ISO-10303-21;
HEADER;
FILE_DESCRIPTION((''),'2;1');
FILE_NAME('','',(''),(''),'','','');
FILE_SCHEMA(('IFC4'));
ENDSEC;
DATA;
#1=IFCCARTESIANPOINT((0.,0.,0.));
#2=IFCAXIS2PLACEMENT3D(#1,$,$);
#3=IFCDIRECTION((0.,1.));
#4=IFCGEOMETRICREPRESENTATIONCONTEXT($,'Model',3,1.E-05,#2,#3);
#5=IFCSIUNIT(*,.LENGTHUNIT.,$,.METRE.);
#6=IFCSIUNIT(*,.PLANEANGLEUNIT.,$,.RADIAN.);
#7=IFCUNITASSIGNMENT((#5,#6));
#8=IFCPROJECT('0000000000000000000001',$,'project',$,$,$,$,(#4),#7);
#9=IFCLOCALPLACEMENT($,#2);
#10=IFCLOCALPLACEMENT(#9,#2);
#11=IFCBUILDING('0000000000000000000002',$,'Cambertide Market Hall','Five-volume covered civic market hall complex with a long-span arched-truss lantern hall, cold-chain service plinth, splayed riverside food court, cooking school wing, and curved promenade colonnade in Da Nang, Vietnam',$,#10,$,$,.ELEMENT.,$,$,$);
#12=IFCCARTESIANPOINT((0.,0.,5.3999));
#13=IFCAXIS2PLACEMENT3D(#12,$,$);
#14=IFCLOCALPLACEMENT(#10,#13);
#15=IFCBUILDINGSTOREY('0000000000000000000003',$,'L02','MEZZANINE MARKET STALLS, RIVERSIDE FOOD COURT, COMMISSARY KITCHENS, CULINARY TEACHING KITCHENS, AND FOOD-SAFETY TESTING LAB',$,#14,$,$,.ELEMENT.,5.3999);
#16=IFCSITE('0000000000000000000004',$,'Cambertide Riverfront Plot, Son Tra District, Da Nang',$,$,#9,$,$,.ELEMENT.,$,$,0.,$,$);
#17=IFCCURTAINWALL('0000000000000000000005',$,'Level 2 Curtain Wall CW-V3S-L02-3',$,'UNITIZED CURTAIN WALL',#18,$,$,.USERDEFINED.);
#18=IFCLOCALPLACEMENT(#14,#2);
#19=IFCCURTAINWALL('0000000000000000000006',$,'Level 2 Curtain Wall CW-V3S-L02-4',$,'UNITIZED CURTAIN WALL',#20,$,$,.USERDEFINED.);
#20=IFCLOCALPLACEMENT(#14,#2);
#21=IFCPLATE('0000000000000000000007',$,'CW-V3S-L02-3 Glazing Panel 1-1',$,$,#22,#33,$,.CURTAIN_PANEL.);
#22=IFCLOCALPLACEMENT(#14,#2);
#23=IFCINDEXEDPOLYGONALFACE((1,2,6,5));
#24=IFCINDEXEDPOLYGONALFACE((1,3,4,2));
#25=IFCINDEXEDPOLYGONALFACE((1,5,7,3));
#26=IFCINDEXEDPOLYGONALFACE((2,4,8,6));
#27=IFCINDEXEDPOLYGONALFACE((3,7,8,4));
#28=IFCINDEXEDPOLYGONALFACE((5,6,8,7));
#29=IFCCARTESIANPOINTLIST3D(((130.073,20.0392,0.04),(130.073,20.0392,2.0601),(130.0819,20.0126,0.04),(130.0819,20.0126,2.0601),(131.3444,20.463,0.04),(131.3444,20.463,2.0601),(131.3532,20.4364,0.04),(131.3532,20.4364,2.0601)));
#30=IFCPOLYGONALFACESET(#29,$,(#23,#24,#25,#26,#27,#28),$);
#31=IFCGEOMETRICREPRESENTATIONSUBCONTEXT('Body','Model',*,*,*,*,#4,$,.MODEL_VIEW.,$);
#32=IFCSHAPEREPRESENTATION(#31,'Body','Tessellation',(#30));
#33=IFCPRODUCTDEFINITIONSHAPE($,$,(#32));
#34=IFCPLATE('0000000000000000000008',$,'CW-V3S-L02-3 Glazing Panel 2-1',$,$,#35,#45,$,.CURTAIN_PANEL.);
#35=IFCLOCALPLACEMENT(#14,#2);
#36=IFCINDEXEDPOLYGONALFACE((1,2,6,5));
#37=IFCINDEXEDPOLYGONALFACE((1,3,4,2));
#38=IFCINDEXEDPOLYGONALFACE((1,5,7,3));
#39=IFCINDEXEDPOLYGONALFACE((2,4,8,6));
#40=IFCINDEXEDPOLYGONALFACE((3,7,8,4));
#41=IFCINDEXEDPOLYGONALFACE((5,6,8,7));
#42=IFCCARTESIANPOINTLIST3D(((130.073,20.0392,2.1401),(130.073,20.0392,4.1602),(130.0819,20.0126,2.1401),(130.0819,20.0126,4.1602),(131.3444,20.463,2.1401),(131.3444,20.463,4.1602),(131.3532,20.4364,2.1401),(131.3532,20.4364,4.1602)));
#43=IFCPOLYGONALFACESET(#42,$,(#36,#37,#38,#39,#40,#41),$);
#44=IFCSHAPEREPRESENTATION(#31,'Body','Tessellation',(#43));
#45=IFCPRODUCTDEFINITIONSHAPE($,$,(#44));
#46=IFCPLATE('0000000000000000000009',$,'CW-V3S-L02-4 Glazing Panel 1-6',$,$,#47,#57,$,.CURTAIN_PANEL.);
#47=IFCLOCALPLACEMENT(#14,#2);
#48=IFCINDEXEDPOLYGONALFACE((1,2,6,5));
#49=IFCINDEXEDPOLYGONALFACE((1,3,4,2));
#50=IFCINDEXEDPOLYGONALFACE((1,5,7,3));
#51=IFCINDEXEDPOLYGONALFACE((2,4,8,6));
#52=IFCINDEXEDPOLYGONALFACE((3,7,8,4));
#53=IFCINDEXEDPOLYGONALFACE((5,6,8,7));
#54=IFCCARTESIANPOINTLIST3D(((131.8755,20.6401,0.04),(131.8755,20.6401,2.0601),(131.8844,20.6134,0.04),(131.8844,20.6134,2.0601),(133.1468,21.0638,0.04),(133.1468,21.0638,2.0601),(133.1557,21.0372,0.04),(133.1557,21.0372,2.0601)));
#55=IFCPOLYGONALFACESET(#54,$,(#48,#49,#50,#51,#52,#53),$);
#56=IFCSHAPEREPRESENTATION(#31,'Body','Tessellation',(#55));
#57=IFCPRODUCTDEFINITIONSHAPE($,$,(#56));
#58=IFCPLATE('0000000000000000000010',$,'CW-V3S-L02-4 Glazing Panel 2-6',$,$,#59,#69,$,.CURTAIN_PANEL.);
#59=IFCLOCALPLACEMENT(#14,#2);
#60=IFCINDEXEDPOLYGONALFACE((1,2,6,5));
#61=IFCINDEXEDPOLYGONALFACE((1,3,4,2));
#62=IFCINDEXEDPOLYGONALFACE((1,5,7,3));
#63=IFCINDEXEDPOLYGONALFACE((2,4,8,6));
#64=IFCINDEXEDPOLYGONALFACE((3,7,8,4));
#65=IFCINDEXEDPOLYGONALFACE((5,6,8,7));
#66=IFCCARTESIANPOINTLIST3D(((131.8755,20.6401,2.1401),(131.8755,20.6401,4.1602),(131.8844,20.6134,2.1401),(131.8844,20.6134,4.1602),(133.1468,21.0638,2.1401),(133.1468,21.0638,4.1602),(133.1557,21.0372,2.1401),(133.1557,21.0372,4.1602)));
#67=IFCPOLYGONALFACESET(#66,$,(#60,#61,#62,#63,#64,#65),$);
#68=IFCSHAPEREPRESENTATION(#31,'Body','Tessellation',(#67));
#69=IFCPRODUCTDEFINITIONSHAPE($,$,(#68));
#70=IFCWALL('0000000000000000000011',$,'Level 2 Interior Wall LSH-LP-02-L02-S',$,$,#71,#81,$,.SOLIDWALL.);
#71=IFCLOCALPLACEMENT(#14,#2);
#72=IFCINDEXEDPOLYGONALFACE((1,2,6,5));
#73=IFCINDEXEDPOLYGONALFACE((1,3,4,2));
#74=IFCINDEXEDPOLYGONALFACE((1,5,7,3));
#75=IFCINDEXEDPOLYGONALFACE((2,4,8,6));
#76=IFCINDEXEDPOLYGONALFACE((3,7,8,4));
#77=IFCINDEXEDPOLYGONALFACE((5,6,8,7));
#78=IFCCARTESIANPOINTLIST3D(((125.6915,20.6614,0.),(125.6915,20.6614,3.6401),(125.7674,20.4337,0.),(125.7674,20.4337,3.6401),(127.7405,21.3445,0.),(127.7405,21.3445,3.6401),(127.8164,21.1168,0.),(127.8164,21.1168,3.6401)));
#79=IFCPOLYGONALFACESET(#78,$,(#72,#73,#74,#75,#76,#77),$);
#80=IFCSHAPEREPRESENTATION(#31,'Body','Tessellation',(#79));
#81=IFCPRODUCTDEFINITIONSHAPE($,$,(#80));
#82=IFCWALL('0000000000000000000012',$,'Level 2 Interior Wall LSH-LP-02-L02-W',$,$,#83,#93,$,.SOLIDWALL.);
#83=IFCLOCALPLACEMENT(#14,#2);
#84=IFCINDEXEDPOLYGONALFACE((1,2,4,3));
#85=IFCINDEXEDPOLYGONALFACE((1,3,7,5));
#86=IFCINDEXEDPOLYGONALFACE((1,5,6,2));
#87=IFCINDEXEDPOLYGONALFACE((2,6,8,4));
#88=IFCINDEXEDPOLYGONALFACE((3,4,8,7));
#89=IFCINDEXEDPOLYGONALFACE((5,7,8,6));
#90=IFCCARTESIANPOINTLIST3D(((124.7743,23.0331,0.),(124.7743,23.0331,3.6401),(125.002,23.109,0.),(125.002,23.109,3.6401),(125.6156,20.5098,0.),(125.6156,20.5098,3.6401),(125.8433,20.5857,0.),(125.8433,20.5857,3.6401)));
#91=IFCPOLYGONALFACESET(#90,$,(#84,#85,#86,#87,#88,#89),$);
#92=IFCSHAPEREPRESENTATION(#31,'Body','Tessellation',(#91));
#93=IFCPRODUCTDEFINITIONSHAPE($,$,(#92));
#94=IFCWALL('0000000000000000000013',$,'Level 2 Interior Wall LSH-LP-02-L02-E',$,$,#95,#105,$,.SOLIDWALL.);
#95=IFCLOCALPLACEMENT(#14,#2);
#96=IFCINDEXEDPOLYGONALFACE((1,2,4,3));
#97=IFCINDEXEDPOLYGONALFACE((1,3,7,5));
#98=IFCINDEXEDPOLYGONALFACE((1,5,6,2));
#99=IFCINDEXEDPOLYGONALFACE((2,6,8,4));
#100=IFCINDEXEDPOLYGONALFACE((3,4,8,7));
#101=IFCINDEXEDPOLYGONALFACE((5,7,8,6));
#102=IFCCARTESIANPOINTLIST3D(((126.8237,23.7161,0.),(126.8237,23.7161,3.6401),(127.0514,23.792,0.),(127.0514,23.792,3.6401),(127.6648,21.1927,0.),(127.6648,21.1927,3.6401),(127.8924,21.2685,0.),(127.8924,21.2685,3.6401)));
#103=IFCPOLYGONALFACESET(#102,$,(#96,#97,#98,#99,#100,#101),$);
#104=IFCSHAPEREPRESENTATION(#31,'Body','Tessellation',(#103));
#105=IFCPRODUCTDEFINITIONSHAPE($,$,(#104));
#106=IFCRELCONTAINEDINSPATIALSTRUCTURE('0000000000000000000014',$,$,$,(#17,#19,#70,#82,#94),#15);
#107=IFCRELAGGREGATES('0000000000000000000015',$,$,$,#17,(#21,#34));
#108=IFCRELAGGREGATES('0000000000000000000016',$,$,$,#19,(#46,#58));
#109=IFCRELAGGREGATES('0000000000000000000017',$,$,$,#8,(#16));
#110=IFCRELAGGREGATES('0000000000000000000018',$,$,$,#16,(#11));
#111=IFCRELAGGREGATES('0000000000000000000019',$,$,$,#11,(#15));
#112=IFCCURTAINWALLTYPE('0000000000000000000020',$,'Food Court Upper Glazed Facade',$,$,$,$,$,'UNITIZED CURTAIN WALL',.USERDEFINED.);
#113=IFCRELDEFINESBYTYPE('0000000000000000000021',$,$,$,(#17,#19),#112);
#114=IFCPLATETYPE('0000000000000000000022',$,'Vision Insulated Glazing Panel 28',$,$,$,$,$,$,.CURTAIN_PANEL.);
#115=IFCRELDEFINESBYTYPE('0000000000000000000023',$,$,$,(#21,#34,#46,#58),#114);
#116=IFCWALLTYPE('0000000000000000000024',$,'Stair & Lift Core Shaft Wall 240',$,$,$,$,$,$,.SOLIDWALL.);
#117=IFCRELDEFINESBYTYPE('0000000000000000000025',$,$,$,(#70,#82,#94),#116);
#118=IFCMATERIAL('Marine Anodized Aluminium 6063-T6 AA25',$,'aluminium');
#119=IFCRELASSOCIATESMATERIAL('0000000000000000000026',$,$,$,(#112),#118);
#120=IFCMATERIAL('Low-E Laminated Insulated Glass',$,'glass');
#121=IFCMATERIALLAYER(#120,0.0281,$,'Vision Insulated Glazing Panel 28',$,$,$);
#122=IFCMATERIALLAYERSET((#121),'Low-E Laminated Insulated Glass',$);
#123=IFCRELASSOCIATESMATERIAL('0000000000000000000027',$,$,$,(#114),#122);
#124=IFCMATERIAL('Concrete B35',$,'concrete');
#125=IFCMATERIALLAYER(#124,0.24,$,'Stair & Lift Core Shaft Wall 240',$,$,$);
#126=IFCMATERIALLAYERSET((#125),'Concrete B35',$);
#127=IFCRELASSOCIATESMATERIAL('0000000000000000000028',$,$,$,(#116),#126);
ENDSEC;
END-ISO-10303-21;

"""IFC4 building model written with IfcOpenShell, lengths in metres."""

from ifc_helpers import new_model, si_unit, direction, frame, frame_2d, origin, origin_2d, place, context, subcontext, project, spatial, rectangle, extrude, material, layer, layer_set, type_object, element, aggregate, save


model = new_model("IFC4")

# Units and contexts
model_context = context("Model", 3, precision=1e-05, world=origin(), true_north=direction((0.0, 1.0)))
body_context = subcontext(model_context, "Body", "Model", "MODEL_VIEW")
ifc_project = project(units=[si_unit("LENGTHUNIT", "METRE"), si_unit("PLANEANGLEUNIT", "RADIAN")], contexts=[model_context])

# Site, building, storey
site_placement = place(None, origin())
site = spatial("IfcSite", under=ifc_project, at=site_placement, Name="Cambertide Riverfront Plot, Son Tra District, Da Nang", CompositionType="ELEMENT", RefElevation=0.0)
building_placement = place(site_placement, origin())
building = spatial("IfcBuilding", under=site, at=building_placement, Name="Cambertide Market Hall", Description="Five-volume covered civic market hall complex with a long-span arched-truss lantern hall, cold-chain service plinth, splayed riverside food court, cooking school wing, and curved promenade colonnade in Da Nang, Vietnam", CompositionType="ELEMENT")
storey_placement = place(building_placement, frame((0.0, 0.0, 5.3999)))
storey = spatial("IfcBuildingStorey", under=building, at=storey_placement, Name="L02", Description="MEZZANINE MARKET STALLS, RIVERSIDE FOOD COURT, COMMISSARY KITCHENS, CULINARY TEACHING KITCHENS, AND FOOD-SAFETY TESTING LAB", CompositionType="ELEMENT", Elevation=5.3999)

# Curtain wall
ifc_material_1 = material(Name="Marine Anodized Aluminium 6063-T6 AA25", Category="aluminium")
curtain_wall_type = type_object("IfcCurtainWallType", Name="Food Court Upper Glazed Facade", ElementType="UNITIZED CURTAIN WALL", PredefinedType="USERDEFINED", material=ifc_material_1)
curtain_wall_1_placement = place(storey_placement, origin())
curtain_wall_1 = element("IfcCurtainWall", 1, at=curtain_wall_1_placement, inside=storey, type_object=curtain_wall_type, Name="Level 2 Curtain Wall CW-V3S-L02-3", ObjectType="UNITIZED CURTAIN WALL", PredefinedType="USERDEFINED")

# Curtain wall
curtain_wall_2_placement = place(storey_placement, origin())
curtain_wall_2 = element("IfcCurtainWall", 2, at=curtain_wall_2_placement, inside=storey, type_object=curtain_wall_type, Name="Level 2 Curtain Wall CW-V3S-L02-4", ObjectType="UNITIZED CURTAIN WALL", PredefinedType="USERDEFINED")

# Plates
ifc_material_2 = material(Name="Low-E Laminated Insulated Glass", Category="glass")
ifc_layer_1 = layer(ifc_material_2, 0.0281, Name="Vision Insulated Glazing Panel 28")
ifc_layer_set_1 = layer_set([ifc_layer_1], Name="Low-E Laminated Insulated Glass")
plate_type = type_object("IfcPlateType", Name="Vision Insulated Glazing Panel 28", PredefinedType="CURTAIN_PANEL", material=ifc_layer_set_1)
plate_1_placement = place(storey_placement, frame((130.7131, 20.2378, 0.04), z_axis=(0.0, 0.0, 1.0), x_axis=(-0.948683, -0.316228, 0.0)))
plate_1 = element("IfcPlate", 3, at=plate_1_placement, type_object=plate_type, Name="CW-V3S-L02-3 Glazing Panel 1-1", PredefinedType="CURTAIN_PANEL", context=body_context, shape_type="SweptSolid", body=[
    extrude(rectangle(XDim=1.3401, YDim=0.0281, at=origin_2d()), origin(), (0.0, 0.0, 1.0), 2.02),
])
plate_2_placement = place(storey_placement, frame((130.7131, 20.2378, 2.1401), z_axis=(0.0, 0.0, 1.0), x_axis=(-0.948683, -0.316228, 0.0)))
plate_2 = element("IfcPlate", 4, at=plate_2_placement, type_object=plate_type, Name="CW-V3S-L02-3 Glazing Panel 2-1", PredefinedType="CURTAIN_PANEL", context=body_context, shape_type="SweptSolid", body=[
    extrude(rectangle(XDim=1.3401, YDim=0.0281, at=origin_2d()), origin(), (0.0, 0.0, 1.0), 2.02),
])
aggregate(curtain_wall_1, [plate_1, plate_2])
plate_3_placement = place(storey_placement, frame((132.5156, 20.8386, 0.04), z_axis=(0.0, 0.0, 1.0), x_axis=(-0.948683, -0.316228, 0.0)))
plate_3 = element("IfcPlate", 5, at=plate_3_placement, type_object=plate_type, Name="CW-V3S-L02-4 Glazing Panel 1-6", PredefinedType="CURTAIN_PANEL", context=body_context, shape_type="SweptSolid", body=[
    extrude(rectangle(XDim=1.3401, YDim=0.0281, at=origin_2d()), origin(), (0.0, 0.0, 1.0), 2.02),
])
plate_4_placement = place(storey_placement, frame((132.5156, 20.8386, 2.1401), z_axis=(0.0, 0.0, 1.0), x_axis=(-0.948683, -0.316228, 0.0)))
plate_4 = element("IfcPlate", 6, at=plate_4_placement, type_object=plate_type, Name="CW-V3S-L02-4 Glazing Panel 2-6", PredefinedType="CURTAIN_PANEL", context=body_context, shape_type="SweptSolid", body=[
    extrude(rectangle(XDim=1.3401, YDim=0.0281, at=origin_2d()), origin(), (0.0, 0.0, 1.0), 2.02),
])
aggregate(curtain_wall_2, [plate_3, plate_4])

# Shared definitions
ifc_material_3 = material(Name="Concrete B35", Category="concrete")
ifc_layer_2 = layer(ifc_material_3, 0.24, Name="Stair & Lift Core Shaft Wall 240")
ifc_layer_set_2 = layer_set([ifc_layer_2], Name="Concrete B35")
wall_type = type_object("IfcWallType", Name="Stair & Lift Core Shaft Wall 240", PredefinedType="SOLIDWALL", material=ifc_layer_set_2)

# Wall
wall_1_placement = place(storey_placement, frame((127.7786, 21.2307, 0.0), z_axis=(0.0, 0.0, 1.0), x_axis=(-0.948672, -0.316262, 0.0)))
element("IfcWall", 7, at=wall_1_placement, inside=storey, type_object=wall_type, Name="Level 2 Interior Wall LSH-LP-02-L02-S", PredefinedType="SOLIDWALL", context=body_context, shape_type="SweptSolid", body=[
    extrude(rectangle(XDim=2.1599, YDim=0.24, at=frame_2d((1.0801, 0.0))), origin(), (0.0, 0.0, 1.0), 3.6401),
])

# Walls
for number, where, z_axis, x_axis, name in (
    (8, (125.7295, 20.5476, 0.0), (0.0, 0.0, 1.0), (-0.316283, 0.948665, 0.0), "Level 2 Interior Wall LSH-LP-02-L02-W"),
    (9, (126.9375, 23.7542, 0.0), (0.0, 0.0, 1.0), (0.3162, -0.948692, 0.0), "Level 2 Interior Wall LSH-LP-02-L02-E"),
):
    element("IfcWall", number, at=place(storey_placement, frame(where, z_axis=z_axis, x_axis=x_axis)), inside=storey, type_object=wall_type, Name=name, PredefinedType="SOLIDWALL", context=body_context, shape_type="SweptSolid", body=[
        extrude(rectangle(XDim=2.6599, YDim=0.24, at=frame_2d((1.3301, 0.0))), origin(), (0.0, 0.0, 1.0), 3.6401),
    ])

save(model, "model.ifc")
